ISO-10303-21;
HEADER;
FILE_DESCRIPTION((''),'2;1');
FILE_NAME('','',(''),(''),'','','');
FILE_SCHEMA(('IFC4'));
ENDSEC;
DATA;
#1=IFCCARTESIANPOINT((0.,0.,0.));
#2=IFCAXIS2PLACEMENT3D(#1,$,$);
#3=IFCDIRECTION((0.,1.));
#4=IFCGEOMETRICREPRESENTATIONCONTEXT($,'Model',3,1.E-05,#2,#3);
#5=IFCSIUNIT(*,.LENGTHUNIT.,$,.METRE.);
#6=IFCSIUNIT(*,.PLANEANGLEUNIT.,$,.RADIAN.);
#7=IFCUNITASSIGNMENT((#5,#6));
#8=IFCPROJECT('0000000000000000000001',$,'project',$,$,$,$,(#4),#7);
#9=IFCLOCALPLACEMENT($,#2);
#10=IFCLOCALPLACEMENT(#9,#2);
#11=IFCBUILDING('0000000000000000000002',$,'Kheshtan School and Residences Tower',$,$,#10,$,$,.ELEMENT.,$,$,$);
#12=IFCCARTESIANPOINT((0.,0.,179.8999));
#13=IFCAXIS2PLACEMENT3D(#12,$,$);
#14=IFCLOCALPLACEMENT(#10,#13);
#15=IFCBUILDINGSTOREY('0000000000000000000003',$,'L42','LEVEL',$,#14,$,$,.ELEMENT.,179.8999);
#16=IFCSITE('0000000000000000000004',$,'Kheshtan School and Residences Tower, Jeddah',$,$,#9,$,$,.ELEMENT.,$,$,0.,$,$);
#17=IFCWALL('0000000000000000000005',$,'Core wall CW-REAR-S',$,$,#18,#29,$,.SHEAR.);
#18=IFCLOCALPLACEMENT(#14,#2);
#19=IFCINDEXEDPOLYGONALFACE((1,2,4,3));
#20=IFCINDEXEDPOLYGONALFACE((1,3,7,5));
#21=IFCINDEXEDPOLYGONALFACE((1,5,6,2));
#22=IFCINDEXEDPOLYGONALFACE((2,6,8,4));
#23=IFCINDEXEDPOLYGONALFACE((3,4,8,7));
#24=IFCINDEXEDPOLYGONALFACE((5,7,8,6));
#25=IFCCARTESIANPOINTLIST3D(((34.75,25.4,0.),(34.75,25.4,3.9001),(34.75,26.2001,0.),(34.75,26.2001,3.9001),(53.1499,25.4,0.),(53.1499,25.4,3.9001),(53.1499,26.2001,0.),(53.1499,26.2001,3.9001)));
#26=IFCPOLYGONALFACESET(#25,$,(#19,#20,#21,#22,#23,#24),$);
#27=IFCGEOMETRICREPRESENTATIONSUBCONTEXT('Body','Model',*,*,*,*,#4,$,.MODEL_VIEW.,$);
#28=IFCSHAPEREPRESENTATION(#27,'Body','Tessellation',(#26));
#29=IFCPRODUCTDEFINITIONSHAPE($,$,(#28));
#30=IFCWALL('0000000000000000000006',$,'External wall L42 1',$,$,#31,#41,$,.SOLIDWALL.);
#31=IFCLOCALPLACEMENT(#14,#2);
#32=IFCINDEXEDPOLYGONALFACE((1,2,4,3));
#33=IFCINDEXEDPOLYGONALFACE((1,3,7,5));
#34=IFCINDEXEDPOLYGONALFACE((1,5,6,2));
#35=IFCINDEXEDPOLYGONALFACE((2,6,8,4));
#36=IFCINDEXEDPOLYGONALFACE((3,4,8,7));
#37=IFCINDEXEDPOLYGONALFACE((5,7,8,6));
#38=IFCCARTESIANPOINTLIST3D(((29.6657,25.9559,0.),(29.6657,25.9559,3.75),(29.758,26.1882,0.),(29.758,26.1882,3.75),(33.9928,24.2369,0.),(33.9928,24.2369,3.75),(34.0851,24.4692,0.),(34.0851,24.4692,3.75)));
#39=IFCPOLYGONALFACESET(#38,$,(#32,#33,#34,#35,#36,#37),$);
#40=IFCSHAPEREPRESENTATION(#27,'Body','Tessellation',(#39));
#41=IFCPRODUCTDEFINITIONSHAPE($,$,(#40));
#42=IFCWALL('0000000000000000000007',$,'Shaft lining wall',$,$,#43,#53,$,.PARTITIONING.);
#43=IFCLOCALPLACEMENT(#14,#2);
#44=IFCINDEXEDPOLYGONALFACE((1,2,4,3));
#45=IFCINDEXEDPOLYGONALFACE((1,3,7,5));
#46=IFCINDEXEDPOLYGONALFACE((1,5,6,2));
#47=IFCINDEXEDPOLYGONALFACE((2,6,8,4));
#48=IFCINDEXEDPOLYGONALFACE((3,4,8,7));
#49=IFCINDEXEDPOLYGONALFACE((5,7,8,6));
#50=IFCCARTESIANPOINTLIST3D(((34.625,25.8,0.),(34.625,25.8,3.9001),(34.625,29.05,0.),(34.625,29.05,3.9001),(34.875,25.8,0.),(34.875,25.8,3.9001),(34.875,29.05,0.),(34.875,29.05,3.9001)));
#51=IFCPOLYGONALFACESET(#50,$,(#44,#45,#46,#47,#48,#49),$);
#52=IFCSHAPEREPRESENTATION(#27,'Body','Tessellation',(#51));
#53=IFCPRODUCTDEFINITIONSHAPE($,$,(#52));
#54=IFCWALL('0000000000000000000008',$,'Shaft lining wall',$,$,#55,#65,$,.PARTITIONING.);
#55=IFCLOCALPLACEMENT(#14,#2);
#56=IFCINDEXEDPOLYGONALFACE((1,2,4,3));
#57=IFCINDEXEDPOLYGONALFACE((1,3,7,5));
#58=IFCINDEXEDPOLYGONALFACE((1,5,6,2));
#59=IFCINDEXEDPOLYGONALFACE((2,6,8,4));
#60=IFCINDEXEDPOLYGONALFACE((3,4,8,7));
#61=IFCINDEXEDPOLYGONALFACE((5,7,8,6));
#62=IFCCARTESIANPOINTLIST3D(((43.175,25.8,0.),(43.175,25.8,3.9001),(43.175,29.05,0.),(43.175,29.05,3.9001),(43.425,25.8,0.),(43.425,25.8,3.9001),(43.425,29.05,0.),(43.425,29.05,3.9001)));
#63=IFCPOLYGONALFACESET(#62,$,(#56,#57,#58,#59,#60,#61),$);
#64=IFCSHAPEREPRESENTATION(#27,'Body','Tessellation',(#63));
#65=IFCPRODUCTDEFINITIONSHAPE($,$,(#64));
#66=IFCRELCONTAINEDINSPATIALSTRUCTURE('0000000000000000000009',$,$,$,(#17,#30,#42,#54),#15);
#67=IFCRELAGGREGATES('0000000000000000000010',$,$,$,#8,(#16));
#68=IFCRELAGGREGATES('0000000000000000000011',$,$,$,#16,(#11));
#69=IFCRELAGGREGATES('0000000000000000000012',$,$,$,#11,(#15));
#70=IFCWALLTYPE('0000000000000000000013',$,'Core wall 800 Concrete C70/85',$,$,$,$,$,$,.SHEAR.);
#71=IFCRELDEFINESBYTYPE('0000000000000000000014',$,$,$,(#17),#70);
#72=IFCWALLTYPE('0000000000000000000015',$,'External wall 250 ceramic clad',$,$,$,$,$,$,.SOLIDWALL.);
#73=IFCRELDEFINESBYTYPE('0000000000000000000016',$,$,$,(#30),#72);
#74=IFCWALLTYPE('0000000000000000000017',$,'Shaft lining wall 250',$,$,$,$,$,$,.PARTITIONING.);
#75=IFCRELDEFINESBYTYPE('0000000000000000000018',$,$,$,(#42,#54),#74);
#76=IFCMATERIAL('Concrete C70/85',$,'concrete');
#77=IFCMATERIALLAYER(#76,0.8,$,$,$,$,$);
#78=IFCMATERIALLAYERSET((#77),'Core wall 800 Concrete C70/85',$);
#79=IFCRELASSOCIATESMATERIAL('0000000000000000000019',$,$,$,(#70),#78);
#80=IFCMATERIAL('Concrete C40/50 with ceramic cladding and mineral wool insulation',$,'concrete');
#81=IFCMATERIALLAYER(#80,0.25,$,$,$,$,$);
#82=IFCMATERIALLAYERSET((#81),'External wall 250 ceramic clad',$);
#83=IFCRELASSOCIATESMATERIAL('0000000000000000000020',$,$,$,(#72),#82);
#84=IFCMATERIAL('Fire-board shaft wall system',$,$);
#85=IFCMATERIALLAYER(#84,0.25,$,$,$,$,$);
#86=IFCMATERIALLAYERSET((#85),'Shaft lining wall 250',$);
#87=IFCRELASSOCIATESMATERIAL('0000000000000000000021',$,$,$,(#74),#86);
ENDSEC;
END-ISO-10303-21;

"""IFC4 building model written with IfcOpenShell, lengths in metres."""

from ifc_helpers import new_model, si_unit, direction, frame, frame_2d, origin, place, context, subcontext, project, spatial, rectangle, extrude, material, layer, layer_set, type_object, element, save


model = new_model("IFC4")

# Units and contexts
model_context = context("Model", 3, precision=1e-05, world=origin(), true_north=direction((0.0, 1.0)))
body_context = subcontext(model_context, "Body", "Model", "MODEL_VIEW")
ifc_project = project(units=[si_unit("LENGTHUNIT", "METRE"), si_unit("PLANEANGLEUNIT", "RADIAN")], contexts=[model_context])

# Site, building, storey
site_placement = place(None, origin())
site = spatial("IfcSite", under=ifc_project, at=site_placement, Name="Kheshtan School and Residences Tower, Jeddah", CompositionType="ELEMENT", RefElevation=0.0)
building_placement = place(site_placement, origin())
building = spatial("IfcBuilding", under=site, at=building_placement, Name="Kheshtan School and Residences Tower", CompositionType="ELEMENT")
storey_placement = place(building_placement, frame((0.0, 0.0, 179.8999)))
storey = spatial("IfcBuildingStorey", under=building, at=storey_placement, Name="L42", Description="LEVEL", CompositionType="ELEMENT", Elevation=179.8999)

# Walls
ifc_material_1 = material(Name="Concrete C70/85", Category="concrete")
ifc_layer_1 = layer(ifc_material_1, 0.8)
ifc_layer_set_1 = layer_set([ifc_layer_1], Name="Core wall 800 Concrete C70/85")
wall_type_1 = type_object("IfcWallType", Name="Core wall 800 Concrete C70/85", PredefinedType="SHEAR", material=ifc_layer_set_1)
wall_1_placement = place(storey_placement, frame((34.75, 25.8, 0.0), z_axis=(0.0, 0.0, 1.0), x_axis=(1.0, 0.0, 0.0)))
element("IfcWall", 1, at=wall_1_placement, inside=storey, type_object=wall_type_1, Name="Core wall CW-REAR-S", PredefinedType="SHEAR", context=body_context, shape_type="SweptSolid", body=[
    extrude(rectangle(XDim=18.3999, YDim=0.8, at=frame_2d((9.2, 0.0))), origin(), (0.0, 0.0, 1.0), 3.9001),
])
ifc_material_2 = material(Name="Concrete C40/50 with ceramic cladding and mineral wool insulation", Category="concrete")
ifc_layer_2 = layer(ifc_material_2, 0.25)
ifc_layer_set_2 = layer_set([ifc_layer_2], Name="External wall 250 ceramic clad")
wall_type_2 = type_object("IfcWallType", Name="External wall 250 ceramic clad", PredefinedType="SOLIDWALL", material=ifc_layer_set_2)
wall_2_placement = place(storey_placement, frame((34.0391, 24.353, 0.0), z_axis=(0.0, 0.0, 1.0), x_axis=(-0.929353, 0.369193, 0.0)))
element("IfcWall", 2, at=wall_2_placement, inside=storey, type_object=wall_type_2, Name="External wall L42 1", PredefinedType="SOLIDWALL", context=body_context, shape_type="SweptSolid", body=[
    extrude(rectangle(XDim=4.656, YDim=0.25, at=frame_2d((2.3281, 0.0))), origin(), (0.0, 0.0, 1.0), 3.75),
])
ifc_material_3 = material(Name="Fire-board shaft wall system")
ifc_layer_3 = layer(ifc_material_3, 0.25)
ifc_layer_set_3 = layer_set([ifc_layer_3], Name="Shaft lining wall 250")
wall_type_3 = type_object("IfcWallType", Name="Shaft lining wall 250", PredefinedType="PARTITIONING", material=ifc_layer_set_3)
for number, where, z_axis, x_axis, name in (
    (3, (34.75, 25.8, 0.0), (0.0, 0.0, 1.0), (0.0, 1.0, 0.0), "Shaft lining wall"),
    (4, (43.3, 25.8, 0.0), (0.0, 0.0, 1.0), (0.0, 1.0, 0.0), "Shaft lining wall"),
):
    element("IfcWall", number, at=place(storey_placement, frame(where, z_axis=z_axis, x_axis=x_axis)), inside=storey, type_object=wall_type_3, Name=name, PredefinedType="PARTITIONING", context=body_context, shape_type="SweptSolid", body=[
        extrude(rectangle(XDim=3.25, YDim=0.25, at=frame_2d((1.625, 0.0))), origin(), (0.0, 0.0, 1.0), 3.9001),
    ])

save(model, "model.ifc")
